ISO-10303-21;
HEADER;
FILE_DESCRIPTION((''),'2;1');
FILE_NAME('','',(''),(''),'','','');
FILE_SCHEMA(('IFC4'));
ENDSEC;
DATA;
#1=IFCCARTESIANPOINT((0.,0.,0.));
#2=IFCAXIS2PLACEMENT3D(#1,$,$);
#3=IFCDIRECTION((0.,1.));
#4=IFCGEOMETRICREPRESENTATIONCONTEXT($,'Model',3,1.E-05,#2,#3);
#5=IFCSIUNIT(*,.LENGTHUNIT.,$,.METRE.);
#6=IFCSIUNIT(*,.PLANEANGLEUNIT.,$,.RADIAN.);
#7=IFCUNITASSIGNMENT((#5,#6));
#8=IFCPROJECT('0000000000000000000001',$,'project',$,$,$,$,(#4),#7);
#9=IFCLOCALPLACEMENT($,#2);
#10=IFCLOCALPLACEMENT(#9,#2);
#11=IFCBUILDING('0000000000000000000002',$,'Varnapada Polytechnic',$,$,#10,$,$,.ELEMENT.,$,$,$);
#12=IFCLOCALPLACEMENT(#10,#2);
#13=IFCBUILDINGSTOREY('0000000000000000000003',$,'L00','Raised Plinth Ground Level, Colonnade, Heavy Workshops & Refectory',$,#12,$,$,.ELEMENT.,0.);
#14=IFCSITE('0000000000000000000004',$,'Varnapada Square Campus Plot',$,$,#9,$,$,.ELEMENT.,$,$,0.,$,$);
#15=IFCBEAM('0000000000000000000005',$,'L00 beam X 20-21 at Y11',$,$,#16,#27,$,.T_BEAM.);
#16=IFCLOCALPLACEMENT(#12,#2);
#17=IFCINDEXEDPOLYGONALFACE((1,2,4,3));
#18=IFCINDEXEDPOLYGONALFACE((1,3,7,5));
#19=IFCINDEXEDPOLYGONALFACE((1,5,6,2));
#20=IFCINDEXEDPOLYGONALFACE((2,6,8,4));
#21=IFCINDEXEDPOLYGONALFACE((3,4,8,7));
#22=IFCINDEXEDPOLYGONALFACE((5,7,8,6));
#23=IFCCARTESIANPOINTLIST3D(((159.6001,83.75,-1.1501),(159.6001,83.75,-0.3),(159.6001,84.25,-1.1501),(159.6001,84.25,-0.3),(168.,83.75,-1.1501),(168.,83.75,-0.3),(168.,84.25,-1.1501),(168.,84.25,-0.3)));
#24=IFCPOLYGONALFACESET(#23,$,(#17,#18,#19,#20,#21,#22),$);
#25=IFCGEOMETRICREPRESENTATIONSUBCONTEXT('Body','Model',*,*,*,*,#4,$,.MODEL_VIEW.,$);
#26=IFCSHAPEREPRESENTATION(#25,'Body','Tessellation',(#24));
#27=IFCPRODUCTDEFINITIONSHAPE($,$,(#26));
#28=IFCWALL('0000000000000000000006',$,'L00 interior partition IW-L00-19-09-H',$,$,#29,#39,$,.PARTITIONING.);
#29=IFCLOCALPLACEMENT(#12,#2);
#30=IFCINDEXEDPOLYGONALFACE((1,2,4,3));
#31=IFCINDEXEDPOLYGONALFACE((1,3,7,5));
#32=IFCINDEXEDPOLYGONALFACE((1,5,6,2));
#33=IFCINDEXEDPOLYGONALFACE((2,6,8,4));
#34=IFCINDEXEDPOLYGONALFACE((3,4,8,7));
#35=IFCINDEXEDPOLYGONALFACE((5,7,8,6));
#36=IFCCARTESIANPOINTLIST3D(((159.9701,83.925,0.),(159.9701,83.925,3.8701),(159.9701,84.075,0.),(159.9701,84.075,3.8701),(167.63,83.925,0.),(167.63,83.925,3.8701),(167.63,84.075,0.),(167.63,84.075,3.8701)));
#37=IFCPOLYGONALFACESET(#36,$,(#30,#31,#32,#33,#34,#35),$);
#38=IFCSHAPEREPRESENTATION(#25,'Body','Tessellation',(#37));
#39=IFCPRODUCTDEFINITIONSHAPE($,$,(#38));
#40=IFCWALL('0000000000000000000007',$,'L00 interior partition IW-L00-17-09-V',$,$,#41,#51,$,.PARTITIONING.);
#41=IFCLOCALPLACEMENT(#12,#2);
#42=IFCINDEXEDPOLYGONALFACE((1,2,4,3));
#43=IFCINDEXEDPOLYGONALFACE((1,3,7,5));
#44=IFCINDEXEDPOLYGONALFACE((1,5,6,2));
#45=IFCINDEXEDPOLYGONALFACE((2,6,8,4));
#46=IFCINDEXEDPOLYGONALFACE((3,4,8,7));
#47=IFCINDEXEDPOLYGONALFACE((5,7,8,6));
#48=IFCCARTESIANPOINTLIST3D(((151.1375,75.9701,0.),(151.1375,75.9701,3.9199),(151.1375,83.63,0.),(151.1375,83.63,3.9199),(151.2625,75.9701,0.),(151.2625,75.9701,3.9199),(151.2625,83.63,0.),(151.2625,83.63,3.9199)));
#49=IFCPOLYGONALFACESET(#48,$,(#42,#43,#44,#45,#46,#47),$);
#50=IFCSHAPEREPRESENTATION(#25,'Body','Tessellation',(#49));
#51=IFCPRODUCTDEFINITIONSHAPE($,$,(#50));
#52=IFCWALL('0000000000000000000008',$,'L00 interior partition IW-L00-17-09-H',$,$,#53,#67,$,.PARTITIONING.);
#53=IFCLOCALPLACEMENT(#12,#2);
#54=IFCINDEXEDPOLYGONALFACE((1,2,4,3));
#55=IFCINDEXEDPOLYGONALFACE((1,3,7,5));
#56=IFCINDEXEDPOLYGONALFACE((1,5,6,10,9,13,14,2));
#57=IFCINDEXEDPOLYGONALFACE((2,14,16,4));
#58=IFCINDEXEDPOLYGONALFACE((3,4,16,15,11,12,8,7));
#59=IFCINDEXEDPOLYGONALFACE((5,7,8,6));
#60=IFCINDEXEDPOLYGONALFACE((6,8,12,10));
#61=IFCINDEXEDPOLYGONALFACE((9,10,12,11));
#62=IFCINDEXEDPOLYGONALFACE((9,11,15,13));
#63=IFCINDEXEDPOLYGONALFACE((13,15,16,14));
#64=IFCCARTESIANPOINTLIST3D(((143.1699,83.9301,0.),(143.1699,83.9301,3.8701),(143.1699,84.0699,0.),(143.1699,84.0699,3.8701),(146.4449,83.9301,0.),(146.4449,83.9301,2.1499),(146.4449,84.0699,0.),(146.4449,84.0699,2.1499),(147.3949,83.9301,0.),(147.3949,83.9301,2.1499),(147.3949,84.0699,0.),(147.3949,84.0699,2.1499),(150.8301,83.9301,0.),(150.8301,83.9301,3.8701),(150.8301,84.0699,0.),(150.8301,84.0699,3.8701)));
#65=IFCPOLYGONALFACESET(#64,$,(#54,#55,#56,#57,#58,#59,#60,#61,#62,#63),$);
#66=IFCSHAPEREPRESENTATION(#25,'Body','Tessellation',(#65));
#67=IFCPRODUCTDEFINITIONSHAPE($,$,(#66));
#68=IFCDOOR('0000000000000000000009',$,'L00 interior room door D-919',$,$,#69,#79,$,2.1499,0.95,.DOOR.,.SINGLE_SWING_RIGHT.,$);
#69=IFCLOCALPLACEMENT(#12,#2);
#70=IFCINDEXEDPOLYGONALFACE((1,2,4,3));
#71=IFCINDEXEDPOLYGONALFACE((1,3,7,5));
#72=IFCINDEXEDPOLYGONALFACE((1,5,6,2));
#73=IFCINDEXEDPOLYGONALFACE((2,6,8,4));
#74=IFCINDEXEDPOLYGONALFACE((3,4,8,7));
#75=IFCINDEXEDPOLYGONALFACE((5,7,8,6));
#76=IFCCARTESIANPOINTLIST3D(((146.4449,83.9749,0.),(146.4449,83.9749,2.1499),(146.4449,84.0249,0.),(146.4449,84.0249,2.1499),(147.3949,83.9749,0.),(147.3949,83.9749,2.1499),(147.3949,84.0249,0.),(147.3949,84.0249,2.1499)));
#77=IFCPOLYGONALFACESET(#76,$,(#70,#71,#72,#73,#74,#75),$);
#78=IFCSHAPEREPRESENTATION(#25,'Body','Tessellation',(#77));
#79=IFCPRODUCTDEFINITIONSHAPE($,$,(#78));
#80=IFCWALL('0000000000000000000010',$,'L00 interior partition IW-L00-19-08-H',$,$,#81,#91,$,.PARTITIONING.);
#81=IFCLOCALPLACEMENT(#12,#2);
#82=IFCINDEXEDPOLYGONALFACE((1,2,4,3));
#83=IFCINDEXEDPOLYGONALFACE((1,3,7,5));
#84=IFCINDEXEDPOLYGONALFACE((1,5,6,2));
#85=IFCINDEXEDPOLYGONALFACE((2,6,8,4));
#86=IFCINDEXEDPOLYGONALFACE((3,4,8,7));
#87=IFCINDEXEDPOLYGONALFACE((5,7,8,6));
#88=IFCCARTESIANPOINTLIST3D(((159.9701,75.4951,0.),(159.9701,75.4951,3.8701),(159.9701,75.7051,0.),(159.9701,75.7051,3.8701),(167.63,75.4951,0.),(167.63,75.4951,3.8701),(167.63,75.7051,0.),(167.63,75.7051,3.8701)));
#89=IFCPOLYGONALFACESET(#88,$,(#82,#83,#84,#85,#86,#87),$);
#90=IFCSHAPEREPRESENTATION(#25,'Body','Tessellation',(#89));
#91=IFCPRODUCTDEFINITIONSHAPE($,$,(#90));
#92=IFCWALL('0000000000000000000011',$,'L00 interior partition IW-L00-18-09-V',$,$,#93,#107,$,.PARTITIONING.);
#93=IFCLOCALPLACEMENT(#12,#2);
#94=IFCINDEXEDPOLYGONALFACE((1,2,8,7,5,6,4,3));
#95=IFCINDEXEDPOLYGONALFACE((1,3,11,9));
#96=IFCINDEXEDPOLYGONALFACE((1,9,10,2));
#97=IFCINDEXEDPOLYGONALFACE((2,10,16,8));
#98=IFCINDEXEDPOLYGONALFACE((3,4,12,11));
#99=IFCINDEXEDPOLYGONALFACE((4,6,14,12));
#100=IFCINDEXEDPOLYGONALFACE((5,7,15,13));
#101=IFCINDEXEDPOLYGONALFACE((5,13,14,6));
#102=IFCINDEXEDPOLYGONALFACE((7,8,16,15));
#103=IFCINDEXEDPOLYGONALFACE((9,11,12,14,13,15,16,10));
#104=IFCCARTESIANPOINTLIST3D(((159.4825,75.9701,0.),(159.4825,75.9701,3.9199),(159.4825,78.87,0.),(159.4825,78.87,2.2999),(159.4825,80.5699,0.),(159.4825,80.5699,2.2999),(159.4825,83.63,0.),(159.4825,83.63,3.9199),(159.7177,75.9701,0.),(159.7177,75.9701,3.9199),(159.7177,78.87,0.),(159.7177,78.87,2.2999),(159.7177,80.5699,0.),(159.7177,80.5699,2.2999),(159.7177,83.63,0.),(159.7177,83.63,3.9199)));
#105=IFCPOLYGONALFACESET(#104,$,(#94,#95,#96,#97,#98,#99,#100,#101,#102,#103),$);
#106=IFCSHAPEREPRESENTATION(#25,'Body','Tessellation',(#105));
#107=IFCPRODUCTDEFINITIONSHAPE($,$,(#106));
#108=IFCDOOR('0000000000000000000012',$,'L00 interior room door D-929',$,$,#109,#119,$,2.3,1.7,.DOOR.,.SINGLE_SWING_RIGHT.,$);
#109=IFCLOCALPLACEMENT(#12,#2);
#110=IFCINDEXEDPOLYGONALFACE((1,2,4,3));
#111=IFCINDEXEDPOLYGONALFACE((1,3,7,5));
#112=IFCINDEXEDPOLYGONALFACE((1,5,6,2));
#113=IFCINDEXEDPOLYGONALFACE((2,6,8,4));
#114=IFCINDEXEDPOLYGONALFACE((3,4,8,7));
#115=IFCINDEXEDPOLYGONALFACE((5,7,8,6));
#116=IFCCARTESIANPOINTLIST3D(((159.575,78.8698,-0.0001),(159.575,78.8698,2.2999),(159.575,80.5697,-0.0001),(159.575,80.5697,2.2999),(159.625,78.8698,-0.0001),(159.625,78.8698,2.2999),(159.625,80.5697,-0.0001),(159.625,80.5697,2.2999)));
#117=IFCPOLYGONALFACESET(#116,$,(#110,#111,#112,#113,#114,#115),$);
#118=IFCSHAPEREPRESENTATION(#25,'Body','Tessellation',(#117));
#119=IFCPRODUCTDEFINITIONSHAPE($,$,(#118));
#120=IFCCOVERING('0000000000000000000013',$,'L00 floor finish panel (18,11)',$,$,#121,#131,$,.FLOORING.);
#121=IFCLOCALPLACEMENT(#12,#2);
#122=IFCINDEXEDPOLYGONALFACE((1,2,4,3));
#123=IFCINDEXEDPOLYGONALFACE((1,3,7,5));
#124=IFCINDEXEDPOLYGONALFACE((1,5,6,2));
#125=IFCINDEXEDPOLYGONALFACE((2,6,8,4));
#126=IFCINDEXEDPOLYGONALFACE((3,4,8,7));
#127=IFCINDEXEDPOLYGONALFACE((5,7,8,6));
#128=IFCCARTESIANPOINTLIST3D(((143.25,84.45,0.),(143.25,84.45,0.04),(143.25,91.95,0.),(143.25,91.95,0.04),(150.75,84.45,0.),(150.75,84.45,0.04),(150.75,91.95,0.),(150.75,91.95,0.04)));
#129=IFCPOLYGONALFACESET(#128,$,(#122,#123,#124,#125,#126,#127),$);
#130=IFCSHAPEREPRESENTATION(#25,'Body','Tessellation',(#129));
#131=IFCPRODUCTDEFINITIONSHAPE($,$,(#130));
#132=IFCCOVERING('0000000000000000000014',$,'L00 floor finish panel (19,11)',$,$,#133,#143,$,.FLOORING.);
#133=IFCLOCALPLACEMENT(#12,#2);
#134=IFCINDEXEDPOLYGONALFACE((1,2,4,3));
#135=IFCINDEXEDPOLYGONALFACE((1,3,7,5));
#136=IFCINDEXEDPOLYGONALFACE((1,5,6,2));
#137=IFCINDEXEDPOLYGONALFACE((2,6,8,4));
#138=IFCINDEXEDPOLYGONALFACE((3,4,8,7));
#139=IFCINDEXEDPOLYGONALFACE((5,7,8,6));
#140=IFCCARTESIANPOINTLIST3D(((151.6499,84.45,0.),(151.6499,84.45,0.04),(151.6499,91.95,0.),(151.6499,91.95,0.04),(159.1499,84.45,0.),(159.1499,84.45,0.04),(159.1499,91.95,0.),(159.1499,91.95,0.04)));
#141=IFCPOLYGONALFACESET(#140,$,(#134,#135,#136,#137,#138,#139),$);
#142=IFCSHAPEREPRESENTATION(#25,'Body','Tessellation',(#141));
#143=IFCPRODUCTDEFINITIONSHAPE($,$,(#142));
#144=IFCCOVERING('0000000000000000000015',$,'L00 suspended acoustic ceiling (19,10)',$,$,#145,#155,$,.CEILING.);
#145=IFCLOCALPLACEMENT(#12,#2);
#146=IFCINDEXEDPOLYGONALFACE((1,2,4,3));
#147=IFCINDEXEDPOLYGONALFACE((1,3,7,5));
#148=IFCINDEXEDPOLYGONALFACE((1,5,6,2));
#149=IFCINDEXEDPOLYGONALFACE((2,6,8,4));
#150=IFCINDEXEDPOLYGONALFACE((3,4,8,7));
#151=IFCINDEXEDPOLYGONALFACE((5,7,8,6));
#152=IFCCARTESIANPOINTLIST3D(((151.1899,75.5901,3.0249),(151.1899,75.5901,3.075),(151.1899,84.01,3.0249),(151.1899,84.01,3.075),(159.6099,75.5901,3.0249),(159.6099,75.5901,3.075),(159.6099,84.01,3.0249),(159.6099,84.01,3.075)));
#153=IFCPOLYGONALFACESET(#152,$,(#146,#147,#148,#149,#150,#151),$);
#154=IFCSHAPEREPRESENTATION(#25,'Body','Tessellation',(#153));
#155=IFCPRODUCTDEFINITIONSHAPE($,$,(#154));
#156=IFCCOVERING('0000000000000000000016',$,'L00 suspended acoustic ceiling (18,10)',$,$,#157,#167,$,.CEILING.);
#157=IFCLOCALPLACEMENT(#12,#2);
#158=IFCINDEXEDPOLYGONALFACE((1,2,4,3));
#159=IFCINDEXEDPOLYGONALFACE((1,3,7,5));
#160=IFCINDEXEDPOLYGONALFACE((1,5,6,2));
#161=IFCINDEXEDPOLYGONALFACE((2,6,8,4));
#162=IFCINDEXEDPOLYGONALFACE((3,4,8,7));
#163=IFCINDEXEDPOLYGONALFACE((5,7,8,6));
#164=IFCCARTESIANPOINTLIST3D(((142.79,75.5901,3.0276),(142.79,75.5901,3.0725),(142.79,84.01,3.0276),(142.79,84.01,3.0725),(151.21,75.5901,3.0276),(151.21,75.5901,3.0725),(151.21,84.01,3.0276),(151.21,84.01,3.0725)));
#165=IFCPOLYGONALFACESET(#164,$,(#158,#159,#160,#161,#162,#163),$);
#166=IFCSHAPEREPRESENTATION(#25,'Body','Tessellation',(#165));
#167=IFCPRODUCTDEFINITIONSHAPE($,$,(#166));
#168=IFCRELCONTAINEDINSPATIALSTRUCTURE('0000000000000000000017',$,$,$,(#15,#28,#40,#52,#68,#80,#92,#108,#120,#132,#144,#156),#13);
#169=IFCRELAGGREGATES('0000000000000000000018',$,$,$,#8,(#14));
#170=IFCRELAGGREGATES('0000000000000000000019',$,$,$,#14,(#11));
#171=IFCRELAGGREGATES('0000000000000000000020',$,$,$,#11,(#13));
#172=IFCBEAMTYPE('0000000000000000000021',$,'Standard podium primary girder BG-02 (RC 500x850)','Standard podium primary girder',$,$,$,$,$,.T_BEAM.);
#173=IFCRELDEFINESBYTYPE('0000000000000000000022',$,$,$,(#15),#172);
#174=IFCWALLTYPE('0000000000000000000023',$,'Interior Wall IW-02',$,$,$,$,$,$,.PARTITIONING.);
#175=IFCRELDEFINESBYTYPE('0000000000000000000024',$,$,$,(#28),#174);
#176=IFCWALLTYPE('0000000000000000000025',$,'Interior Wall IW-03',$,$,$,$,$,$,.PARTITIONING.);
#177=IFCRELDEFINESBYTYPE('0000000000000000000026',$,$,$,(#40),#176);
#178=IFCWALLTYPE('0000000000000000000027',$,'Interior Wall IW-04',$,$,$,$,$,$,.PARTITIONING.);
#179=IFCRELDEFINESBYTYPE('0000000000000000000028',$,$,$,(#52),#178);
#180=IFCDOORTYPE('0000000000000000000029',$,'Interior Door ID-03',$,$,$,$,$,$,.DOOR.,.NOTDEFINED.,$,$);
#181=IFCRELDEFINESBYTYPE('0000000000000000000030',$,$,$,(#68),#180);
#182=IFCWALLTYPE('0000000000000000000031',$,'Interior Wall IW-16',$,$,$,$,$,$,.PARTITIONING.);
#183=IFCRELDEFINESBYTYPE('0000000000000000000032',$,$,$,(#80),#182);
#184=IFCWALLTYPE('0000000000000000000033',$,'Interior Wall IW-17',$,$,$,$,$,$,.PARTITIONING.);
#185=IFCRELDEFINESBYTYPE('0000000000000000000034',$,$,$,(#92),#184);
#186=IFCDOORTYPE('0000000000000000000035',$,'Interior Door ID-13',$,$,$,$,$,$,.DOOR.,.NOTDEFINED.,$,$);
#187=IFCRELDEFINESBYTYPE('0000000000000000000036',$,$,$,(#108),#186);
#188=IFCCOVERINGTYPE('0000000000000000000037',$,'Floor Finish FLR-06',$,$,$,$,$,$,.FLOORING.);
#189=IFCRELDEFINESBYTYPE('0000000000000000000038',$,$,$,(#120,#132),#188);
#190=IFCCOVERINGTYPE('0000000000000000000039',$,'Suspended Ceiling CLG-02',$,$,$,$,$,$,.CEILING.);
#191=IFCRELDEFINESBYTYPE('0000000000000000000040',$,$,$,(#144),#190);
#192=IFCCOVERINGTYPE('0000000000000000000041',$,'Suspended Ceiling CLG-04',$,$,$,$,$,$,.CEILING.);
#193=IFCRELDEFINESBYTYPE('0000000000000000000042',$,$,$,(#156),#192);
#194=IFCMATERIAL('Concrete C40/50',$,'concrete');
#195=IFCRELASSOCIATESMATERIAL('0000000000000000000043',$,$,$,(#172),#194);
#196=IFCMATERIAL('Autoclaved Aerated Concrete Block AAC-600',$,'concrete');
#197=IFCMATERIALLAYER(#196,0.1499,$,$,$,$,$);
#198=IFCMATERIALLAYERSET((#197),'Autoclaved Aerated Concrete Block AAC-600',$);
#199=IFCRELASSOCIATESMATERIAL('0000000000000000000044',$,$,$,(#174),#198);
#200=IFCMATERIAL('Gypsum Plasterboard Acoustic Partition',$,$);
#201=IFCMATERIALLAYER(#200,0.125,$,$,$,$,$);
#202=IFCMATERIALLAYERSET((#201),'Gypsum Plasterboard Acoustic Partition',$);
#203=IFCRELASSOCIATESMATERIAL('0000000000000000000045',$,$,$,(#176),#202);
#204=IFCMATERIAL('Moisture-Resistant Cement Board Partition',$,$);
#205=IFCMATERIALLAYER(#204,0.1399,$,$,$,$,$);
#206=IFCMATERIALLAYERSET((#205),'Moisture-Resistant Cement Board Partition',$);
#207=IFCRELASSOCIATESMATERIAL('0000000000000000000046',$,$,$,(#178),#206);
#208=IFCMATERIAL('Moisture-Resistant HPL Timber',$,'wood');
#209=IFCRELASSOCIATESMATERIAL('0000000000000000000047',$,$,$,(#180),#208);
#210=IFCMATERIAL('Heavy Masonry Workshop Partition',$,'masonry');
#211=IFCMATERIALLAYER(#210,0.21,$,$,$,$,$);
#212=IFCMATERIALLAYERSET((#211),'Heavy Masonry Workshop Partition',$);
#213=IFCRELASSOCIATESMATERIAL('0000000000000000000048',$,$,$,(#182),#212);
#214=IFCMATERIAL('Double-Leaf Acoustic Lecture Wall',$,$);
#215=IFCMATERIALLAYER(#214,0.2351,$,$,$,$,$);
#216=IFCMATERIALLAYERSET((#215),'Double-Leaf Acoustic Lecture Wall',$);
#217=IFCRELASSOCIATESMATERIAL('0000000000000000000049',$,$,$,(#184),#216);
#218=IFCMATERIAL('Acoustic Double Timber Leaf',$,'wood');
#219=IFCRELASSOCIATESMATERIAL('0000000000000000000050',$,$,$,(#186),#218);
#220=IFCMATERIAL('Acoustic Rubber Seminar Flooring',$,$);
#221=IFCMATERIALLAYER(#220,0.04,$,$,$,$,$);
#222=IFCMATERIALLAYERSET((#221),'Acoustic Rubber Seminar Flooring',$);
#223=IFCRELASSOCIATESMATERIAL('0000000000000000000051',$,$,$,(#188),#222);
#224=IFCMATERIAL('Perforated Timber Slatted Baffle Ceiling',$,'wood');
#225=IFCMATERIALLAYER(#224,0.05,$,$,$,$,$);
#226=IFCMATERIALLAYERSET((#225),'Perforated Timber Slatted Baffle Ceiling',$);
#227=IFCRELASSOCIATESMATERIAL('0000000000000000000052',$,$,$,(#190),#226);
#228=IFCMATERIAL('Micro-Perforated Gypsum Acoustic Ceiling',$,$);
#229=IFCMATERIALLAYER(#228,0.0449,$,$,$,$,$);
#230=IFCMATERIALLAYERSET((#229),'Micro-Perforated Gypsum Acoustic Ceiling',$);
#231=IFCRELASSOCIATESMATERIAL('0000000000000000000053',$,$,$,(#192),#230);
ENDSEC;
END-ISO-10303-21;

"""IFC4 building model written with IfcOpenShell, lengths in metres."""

from ifc_helpers import new_model, si_unit, direction, frame, frame_2d, origin, origin_2d, place, context, subcontext, project, spatial, rectangle, extrude, material, layer, layer_set, material_profile, profile_set, type_object, element, fill, save


model = new_model("IFC4")

# Units and contexts
model_context = context("Model", 3, precision=1e-05, world=origin(), true_north=direction((0.0, 1.0)))
body_context = subcontext(model_context, "Body", "Model", "MODEL_VIEW")
ifc_project = project(units=[si_unit("LENGTHUNIT", "METRE"), si_unit("PLANEANGLEUNIT", "RADIAN")], contexts=[model_context])

# Site, building, storey
site_placement = place(None, origin())
site = spatial("IfcSite", under=ifc_project, at=site_placement, Name="Varnapada Square Campus Plot", CompositionType="ELEMENT", RefElevation=0.0)
building_placement = place(site_placement, origin())
building = spatial("IfcBuilding", under=site, at=building_placement, Name="Varnapada Polytechnic", CompositionType="ELEMENT")
storey_placement = place(building_placement, origin())
storey = spatial("IfcBuildingStorey", under=building, at=storey_placement, Name="L00", Description="Raised Plinth Ground Level, Colonnade, Heavy Workshops & Refectory", CompositionType="ELEMENT", Elevation=0.0)

# Shared definitions
ifc_material_1 = material(Name="Concrete C40/50", Category="concrete")

# Beam
ifc_material_profile_1 = material_profile(ifc_material_1, rectangle(XDim=0.5, YDim=0.8501, at=origin_2d()), Name="RC 500x850")
ifc_profile_set_1 = profile_set([ifc_material_profile_1], Name="Concrete C40/50")
beam_type_1 = type_object("IfcBeamType", Name="Standard podium primary girder BG-02 (RC 500x850)", Description="Standard podium primary girder", PredefinedType="T_BEAM", material=ifc_profile_set_1)
for number, where, z_axis, x_axis, name in (
    (1, (159.6001, 84.0, -0.7251), (1.0, 0.0, 0.0), (0.0, 1.0, 0.0), "L00 beam X 20-21 at Y11"),
):
    element("IfcBeam", number, at=place(storey_placement, frame(where, z_axis=z_axis, x_axis=x_axis)), inside=storey, type_object=beam_type_1, Name=name, PredefinedType="T_BEAM", context=body_context, shape_type="SweptSolid", body=[
        extrude(rectangle(XDim=0.5, YDim=0.8501, at=origin_2d()), origin(), (0.0, 0.0, 1.0), 8.3999),
    ])

# Walls
ifc_material_2 = material(Name="Autoclaved Aerated Concrete Block AAC-600", Category="concrete")
ifc_layer_1 = layer(ifc_material_2, 0.1499)
ifc_layer_set_1 = layer_set([ifc_layer_1], Name="Autoclaved Aerated Concrete Block AAC-600")
wall_type_1 = type_object("IfcWallType", Name="Interior Wall IW-02", PredefinedType="PARTITIONING", material=ifc_layer_set_1)
wall_1_placement = place(storey_placement, frame((159.97, 84.0, 0.0), z_axis=(0.0, 0.0, 1.0), x_axis=(1.0, 0.0, 0.0)))
element("IfcWall", 2, at=wall_1_placement, inside=storey, type_object=wall_type_1, Name="L00 interior partition IW-L00-19-09-H", PredefinedType="PARTITIONING", context=body_context, shape_type="SweptSolid", body=[
    extrude(rectangle(XDim=7.6599, YDim=0.1499, at=frame_2d((3.8301, 0.0))), origin(), (0.0, 0.0, 1.0), 3.8701),
])
ifc_material_3 = material(Name="Gypsum Plasterboard Acoustic Partition")
ifc_layer_2 = layer(ifc_material_3, 0.125)
ifc_layer_set_2 = layer_set([ifc_layer_2], Name="Gypsum Plasterboard Acoustic Partition")
wall_type_2 = type_object("IfcWallType", Name="Interior Wall IW-03", PredefinedType="PARTITIONING", material=ifc_layer_set_2)
wall_2_placement = place(storey_placement, frame((151.2, 75.97, 0.0), z_axis=(0.0, 0.0, 1.0), x_axis=(0.0, 1.0, 0.0)))
element("IfcWall", 3, at=wall_2_placement, inside=storey, type_object=wall_type_2, Name="L00 interior partition IW-L00-17-09-V", PredefinedType="PARTITIONING", context=body_context, shape_type="SweptSolid", body=[
    extrude(rectangle(XDim=7.6599, YDim=0.125, at=frame_2d((3.8301, 0.0))), origin(), (0.0, 0.0, 1.0), 3.9199),
])

# Wall, opening, door
ifc_material_4 = material(Name="Moisture-Resistant Cement Board Partition")
ifc_layer_3 = layer(ifc_material_4, 0.1399)
ifc_layer_set_3 = layer_set([ifc_layer_3], Name="Moisture-Resistant Cement Board Partition")
wall_type_3 = type_object("IfcWallType", Name="Interior Wall IW-04", PredefinedType="PARTITIONING", material=ifc_layer_set_3)
wall_3_placement = place(storey_placement, frame((143.1699, 84.0, 0.0), z_axis=(0.0, 0.0, 1.0), x_axis=(1.0, 0.0, 0.0)))
wall_3 = element("IfcWall", 4, at=wall_3_placement, inside=storey, type_object=wall_type_3, Name="L00 interior partition IW-L00-17-09-H", PredefinedType="PARTITIONING", context=body_context, shape_type="SweptSolid", body=[
    extrude(rectangle(XDim=7.6602, YDim=0.1399, at=frame_2d((3.8301, 0.0))), origin(), (0.0, 0.0, 1.0), 3.8701),
])
opening_1_placement = place(wall_3_placement, frame((3.2749, 0.0, 0.0)))
opening_1 = element("IfcOpeningElement", 5, at=opening_1_placement, cuts=wall_3, PredefinedType="OPENING", context=body_context, shape_type="SweptSolid", body=[
    extrude(rectangle(XDim=0.95, YDim=2.1499, at=frame_2d((0.4751, 1.075))), frame((0.0, 0.0798, 0.0), z_axis=(0.0, -1.0, 0.0), x_axis=(1.0, 0.0, 0.0)), (0.0, 0.0, 1.0), 0.1599),
])
ifc_material_5 = material(Name="Moisture-Resistant HPL Timber", Category="wood")
door_type_1 = type_object("IfcDoorType", Name="Interior Door ID-03", OperationType="NOTDEFINED", PredefinedType="DOOR", material=ifc_material_5)
door_1_placement = place(opening_1_placement, origin())
door_1 = element("IfcDoor", 6, at=door_1_placement, inside=storey, type_object=door_type_1, Name="L00 interior room door D-919", OperationType="SINGLE_SWING_RIGHT", OverallHeight=2.1499, OverallWidth=0.95, PredefinedType="DOOR", context=body_context, shape_type="SweptSolid", body=[
    extrude(rectangle(XDim=0.95, YDim=2.1499, at=frame_2d((0.4751, 1.075))), frame((0.0, 0.0249, 0.0), z_axis=(0.0, -1.0, 0.0), x_axis=(1.0, 0.0, 0.0)), (0.0, 0.0, 1.0), 0.05),
])
fill(opening_1, door_1)

# Wall
ifc_material_6 = material(Name="Heavy Masonry Workshop Partition", Category="masonry")
ifc_layer_4 = layer(ifc_material_6, 0.21)
ifc_layer_set_4 = layer_set([ifc_layer_4], Name="Heavy Masonry Workshop Partition")
wall_type_4 = type_object("IfcWallType", Name="Interior Wall IW-16", PredefinedType="PARTITIONING", material=ifc_layer_set_4)
wall_4_placement = place(storey_placement, frame((159.97, 75.6001, 0.0), z_axis=(0.0, 0.0, 1.0), x_axis=(1.0, 0.0, 0.0)))
element("IfcWall", 7, at=wall_4_placement, inside=storey, type_object=wall_type_4, Name="L00 interior partition IW-L00-19-08-H", PredefinedType="PARTITIONING", context=body_context, shape_type="SweptSolid", body=[
    extrude(rectangle(XDim=7.6599, YDim=0.21, at=frame_2d((3.8301, 0.0))), origin(), (0.0, 0.0, 1.0), 3.8701),
])

# Wall, opening, door
ifc_material_7 = material(Name="Double-Leaf Acoustic Lecture Wall")
ifc_layer_5 = layer(ifc_material_7, 0.2351)
ifc_layer_set_5 = layer_set([ifc_layer_5], Name="Double-Leaf Acoustic Lecture Wall")
wall_type_5 = type_object("IfcWallType", Name="Interior Wall IW-17", PredefinedType="PARTITIONING", material=ifc_layer_set_5)
wall_5_placement = place(storey_placement, frame((159.6001, 75.97, 0.0), z_axis=(0.0, 0.0, 1.0), x_axis=(0.0, 1.0, 0.0)))
wall_5 = element("IfcWall", 8, at=wall_5_placement, inside=storey, type_object=wall_type_5, Name="L00 interior partition IW-L00-18-09-V", PredefinedType="PARTITIONING", context=body_context, shape_type="SweptSolid", body=[
    extrude(rectangle(XDim=7.6599, YDim=0.2351, at=frame_2d((3.8301, 0.0))), origin(), (0.0, 0.0, 1.0), 3.9199),
])
opening_2_placement = place(wall_5_placement, frame((2.8999, 0.0, 0.0)))
opening_2 = element("IfcOpeningElement", 9, at=opening_2_placement, cuts=wall_5, PredefinedType="OPENING", context=body_context, shape_type="SweptSolid", body=[
    extrude(rectangle(XDim=1.7, YDim=2.3, at=frame_2d((0.8501, 1.1499))), frame((0.0, 0.1274, 0.0), z_axis=(0.0, -1.0, 0.0), x_axis=(1.0, 0.0, 0.0)), (0.0, 0.0, 1.0), 0.2551),
])
ifc_material_8 = material(Name="Acoustic Double Timber Leaf", Category="wood")
door_type_2 = type_object("IfcDoorType", Name="Interior Door ID-13", OperationType="NOTDEFINED", PredefinedType="DOOR", material=ifc_material_8)
door_2_placement = place(opening_2_placement, frame((1.7, 0.0, 0.0), z_axis=(0.0, 0.0, 1.0), x_axis=(-1.0, 0.0, 0.0)))
door_2 = element("IfcDoor", 10, at=door_2_placement, inside=storey, type_object=door_type_2, Name="L00 interior room door D-929", OperationType="SINGLE_SWING_RIGHT", OverallHeight=2.3, OverallWidth=1.7, PredefinedType="DOOR", context=body_context, shape_type="SweptSolid", body=[
    extrude(rectangle(XDim=1.7, YDim=2.3, at=frame_2d((0.8501, 1.1499))), frame((0.0, 0.0249, 0.0), z_axis=(0.0, -1.0, 0.0), x_axis=(1.0, 0.0, 0.0)), (0.0, 0.0, 1.0), 0.05),
])
fill(opening_2, door_2)

# Coverings
ifc_material_9 = material(Name="Acoustic Rubber Seminar Flooring")
ifc_layer_6 = layer(ifc_material_9, 0.04)
ifc_layer_set_6 = layer_set([ifc_layer_6], Name="Acoustic Rubber Seminar Flooring")
covering_type_1 = type_object("IfcCoveringType", Name="Floor Finish FLR-06", PredefinedType="FLOORING", material=ifc_layer_set_6)
for number, where, z_axis, x_axis, name in (
    (11, (147.0, 88.2, 0.0), (0.0, 0.0, 1.0), (1.0, 0.0, 0.0), "L00 floor finish panel (18,11)"),
    (12, (155.3999, 88.2, 0.0), (0.0, 0.0, 1.0), (1.0, 0.0, 0.0), "L00 floor finish panel (19,11)"),
):
    element("IfcCovering", number, at=place(storey_placement, frame(where, z_axis=z_axis, x_axis=x_axis)), inside=storey, type_object=covering_type_1, Name=name, PredefinedType="FLOORING", context=body_context, shape_type="SweptSolid", body=[
        extrude(rectangle(XDim=7.5, YDim=7.5, at=origin_2d()), origin(), (0.0, 0.0, 1.0), 0.04),
    ])
ifc_material_10 = material(Name="Perforated Timber Slatted Baffle Ceiling", Category="wood")
ifc_layer_7 = layer(ifc_material_10, 0.05)
ifc_layer_set_7 = layer_set([ifc_layer_7], Name="Perforated Timber Slatted Baffle Ceiling")
covering_type_2 = type_object("IfcCoveringType", Name="Suspended Ceiling CLG-02", PredefinedType="CEILING", material=ifc_layer_set_7)
covering_1_placement = place(storey_placement, frame((155.3999, 79.8, 3.0249), z_axis=(0.0, 0.0, 1.0), x_axis=(1.0, 0.0, 0.0)))
element("IfcCovering", 13, at=covering_1_placement, inside=storey, type_object=covering_type_2, Name="L00 suspended acoustic ceiling (19,10)", PredefinedType="CEILING", context=body_context, shape_type="SweptSolid", body=[
    extrude(rectangle(XDim=8.4199, YDim=8.4199, at=origin_2d()), origin(), (0.0, 0.0, 1.0), 0.05),
])
ifc_material_11 = material(Name="Micro-Perforated Gypsum Acoustic Ceiling")
ifc_layer_8 = layer(ifc_material_11, 0.0449)
ifc_layer_set_8 = layer_set([ifc_layer_8], Name="Micro-Perforated Gypsum Acoustic Ceiling")
covering_type_3 = type_object("IfcCoveringType", Name="Suspended Ceiling CLG-04", PredefinedType="CEILING", material=ifc_layer_set_8)
covering_2_placement = place(storey_placement, frame((147.0, 79.8, 3.0276), z_axis=(0.0, 0.0, 1.0), x_axis=(1.0, 0.0, 0.0)))
element("IfcCovering", 14, at=covering_2_placement, inside=storey, type_object=covering_type_3, Name="L00 suspended acoustic ceiling (18,10)", PredefinedType="CEILING", context=body_context, shape_type="SweptSolid", body=[
    extrude(rectangle(XDim=8.4199, YDim=8.4199, at=origin_2d()), origin(), (0.0, 0.0, 1.0), 0.0449),
])

save(model, "model.ifc")
